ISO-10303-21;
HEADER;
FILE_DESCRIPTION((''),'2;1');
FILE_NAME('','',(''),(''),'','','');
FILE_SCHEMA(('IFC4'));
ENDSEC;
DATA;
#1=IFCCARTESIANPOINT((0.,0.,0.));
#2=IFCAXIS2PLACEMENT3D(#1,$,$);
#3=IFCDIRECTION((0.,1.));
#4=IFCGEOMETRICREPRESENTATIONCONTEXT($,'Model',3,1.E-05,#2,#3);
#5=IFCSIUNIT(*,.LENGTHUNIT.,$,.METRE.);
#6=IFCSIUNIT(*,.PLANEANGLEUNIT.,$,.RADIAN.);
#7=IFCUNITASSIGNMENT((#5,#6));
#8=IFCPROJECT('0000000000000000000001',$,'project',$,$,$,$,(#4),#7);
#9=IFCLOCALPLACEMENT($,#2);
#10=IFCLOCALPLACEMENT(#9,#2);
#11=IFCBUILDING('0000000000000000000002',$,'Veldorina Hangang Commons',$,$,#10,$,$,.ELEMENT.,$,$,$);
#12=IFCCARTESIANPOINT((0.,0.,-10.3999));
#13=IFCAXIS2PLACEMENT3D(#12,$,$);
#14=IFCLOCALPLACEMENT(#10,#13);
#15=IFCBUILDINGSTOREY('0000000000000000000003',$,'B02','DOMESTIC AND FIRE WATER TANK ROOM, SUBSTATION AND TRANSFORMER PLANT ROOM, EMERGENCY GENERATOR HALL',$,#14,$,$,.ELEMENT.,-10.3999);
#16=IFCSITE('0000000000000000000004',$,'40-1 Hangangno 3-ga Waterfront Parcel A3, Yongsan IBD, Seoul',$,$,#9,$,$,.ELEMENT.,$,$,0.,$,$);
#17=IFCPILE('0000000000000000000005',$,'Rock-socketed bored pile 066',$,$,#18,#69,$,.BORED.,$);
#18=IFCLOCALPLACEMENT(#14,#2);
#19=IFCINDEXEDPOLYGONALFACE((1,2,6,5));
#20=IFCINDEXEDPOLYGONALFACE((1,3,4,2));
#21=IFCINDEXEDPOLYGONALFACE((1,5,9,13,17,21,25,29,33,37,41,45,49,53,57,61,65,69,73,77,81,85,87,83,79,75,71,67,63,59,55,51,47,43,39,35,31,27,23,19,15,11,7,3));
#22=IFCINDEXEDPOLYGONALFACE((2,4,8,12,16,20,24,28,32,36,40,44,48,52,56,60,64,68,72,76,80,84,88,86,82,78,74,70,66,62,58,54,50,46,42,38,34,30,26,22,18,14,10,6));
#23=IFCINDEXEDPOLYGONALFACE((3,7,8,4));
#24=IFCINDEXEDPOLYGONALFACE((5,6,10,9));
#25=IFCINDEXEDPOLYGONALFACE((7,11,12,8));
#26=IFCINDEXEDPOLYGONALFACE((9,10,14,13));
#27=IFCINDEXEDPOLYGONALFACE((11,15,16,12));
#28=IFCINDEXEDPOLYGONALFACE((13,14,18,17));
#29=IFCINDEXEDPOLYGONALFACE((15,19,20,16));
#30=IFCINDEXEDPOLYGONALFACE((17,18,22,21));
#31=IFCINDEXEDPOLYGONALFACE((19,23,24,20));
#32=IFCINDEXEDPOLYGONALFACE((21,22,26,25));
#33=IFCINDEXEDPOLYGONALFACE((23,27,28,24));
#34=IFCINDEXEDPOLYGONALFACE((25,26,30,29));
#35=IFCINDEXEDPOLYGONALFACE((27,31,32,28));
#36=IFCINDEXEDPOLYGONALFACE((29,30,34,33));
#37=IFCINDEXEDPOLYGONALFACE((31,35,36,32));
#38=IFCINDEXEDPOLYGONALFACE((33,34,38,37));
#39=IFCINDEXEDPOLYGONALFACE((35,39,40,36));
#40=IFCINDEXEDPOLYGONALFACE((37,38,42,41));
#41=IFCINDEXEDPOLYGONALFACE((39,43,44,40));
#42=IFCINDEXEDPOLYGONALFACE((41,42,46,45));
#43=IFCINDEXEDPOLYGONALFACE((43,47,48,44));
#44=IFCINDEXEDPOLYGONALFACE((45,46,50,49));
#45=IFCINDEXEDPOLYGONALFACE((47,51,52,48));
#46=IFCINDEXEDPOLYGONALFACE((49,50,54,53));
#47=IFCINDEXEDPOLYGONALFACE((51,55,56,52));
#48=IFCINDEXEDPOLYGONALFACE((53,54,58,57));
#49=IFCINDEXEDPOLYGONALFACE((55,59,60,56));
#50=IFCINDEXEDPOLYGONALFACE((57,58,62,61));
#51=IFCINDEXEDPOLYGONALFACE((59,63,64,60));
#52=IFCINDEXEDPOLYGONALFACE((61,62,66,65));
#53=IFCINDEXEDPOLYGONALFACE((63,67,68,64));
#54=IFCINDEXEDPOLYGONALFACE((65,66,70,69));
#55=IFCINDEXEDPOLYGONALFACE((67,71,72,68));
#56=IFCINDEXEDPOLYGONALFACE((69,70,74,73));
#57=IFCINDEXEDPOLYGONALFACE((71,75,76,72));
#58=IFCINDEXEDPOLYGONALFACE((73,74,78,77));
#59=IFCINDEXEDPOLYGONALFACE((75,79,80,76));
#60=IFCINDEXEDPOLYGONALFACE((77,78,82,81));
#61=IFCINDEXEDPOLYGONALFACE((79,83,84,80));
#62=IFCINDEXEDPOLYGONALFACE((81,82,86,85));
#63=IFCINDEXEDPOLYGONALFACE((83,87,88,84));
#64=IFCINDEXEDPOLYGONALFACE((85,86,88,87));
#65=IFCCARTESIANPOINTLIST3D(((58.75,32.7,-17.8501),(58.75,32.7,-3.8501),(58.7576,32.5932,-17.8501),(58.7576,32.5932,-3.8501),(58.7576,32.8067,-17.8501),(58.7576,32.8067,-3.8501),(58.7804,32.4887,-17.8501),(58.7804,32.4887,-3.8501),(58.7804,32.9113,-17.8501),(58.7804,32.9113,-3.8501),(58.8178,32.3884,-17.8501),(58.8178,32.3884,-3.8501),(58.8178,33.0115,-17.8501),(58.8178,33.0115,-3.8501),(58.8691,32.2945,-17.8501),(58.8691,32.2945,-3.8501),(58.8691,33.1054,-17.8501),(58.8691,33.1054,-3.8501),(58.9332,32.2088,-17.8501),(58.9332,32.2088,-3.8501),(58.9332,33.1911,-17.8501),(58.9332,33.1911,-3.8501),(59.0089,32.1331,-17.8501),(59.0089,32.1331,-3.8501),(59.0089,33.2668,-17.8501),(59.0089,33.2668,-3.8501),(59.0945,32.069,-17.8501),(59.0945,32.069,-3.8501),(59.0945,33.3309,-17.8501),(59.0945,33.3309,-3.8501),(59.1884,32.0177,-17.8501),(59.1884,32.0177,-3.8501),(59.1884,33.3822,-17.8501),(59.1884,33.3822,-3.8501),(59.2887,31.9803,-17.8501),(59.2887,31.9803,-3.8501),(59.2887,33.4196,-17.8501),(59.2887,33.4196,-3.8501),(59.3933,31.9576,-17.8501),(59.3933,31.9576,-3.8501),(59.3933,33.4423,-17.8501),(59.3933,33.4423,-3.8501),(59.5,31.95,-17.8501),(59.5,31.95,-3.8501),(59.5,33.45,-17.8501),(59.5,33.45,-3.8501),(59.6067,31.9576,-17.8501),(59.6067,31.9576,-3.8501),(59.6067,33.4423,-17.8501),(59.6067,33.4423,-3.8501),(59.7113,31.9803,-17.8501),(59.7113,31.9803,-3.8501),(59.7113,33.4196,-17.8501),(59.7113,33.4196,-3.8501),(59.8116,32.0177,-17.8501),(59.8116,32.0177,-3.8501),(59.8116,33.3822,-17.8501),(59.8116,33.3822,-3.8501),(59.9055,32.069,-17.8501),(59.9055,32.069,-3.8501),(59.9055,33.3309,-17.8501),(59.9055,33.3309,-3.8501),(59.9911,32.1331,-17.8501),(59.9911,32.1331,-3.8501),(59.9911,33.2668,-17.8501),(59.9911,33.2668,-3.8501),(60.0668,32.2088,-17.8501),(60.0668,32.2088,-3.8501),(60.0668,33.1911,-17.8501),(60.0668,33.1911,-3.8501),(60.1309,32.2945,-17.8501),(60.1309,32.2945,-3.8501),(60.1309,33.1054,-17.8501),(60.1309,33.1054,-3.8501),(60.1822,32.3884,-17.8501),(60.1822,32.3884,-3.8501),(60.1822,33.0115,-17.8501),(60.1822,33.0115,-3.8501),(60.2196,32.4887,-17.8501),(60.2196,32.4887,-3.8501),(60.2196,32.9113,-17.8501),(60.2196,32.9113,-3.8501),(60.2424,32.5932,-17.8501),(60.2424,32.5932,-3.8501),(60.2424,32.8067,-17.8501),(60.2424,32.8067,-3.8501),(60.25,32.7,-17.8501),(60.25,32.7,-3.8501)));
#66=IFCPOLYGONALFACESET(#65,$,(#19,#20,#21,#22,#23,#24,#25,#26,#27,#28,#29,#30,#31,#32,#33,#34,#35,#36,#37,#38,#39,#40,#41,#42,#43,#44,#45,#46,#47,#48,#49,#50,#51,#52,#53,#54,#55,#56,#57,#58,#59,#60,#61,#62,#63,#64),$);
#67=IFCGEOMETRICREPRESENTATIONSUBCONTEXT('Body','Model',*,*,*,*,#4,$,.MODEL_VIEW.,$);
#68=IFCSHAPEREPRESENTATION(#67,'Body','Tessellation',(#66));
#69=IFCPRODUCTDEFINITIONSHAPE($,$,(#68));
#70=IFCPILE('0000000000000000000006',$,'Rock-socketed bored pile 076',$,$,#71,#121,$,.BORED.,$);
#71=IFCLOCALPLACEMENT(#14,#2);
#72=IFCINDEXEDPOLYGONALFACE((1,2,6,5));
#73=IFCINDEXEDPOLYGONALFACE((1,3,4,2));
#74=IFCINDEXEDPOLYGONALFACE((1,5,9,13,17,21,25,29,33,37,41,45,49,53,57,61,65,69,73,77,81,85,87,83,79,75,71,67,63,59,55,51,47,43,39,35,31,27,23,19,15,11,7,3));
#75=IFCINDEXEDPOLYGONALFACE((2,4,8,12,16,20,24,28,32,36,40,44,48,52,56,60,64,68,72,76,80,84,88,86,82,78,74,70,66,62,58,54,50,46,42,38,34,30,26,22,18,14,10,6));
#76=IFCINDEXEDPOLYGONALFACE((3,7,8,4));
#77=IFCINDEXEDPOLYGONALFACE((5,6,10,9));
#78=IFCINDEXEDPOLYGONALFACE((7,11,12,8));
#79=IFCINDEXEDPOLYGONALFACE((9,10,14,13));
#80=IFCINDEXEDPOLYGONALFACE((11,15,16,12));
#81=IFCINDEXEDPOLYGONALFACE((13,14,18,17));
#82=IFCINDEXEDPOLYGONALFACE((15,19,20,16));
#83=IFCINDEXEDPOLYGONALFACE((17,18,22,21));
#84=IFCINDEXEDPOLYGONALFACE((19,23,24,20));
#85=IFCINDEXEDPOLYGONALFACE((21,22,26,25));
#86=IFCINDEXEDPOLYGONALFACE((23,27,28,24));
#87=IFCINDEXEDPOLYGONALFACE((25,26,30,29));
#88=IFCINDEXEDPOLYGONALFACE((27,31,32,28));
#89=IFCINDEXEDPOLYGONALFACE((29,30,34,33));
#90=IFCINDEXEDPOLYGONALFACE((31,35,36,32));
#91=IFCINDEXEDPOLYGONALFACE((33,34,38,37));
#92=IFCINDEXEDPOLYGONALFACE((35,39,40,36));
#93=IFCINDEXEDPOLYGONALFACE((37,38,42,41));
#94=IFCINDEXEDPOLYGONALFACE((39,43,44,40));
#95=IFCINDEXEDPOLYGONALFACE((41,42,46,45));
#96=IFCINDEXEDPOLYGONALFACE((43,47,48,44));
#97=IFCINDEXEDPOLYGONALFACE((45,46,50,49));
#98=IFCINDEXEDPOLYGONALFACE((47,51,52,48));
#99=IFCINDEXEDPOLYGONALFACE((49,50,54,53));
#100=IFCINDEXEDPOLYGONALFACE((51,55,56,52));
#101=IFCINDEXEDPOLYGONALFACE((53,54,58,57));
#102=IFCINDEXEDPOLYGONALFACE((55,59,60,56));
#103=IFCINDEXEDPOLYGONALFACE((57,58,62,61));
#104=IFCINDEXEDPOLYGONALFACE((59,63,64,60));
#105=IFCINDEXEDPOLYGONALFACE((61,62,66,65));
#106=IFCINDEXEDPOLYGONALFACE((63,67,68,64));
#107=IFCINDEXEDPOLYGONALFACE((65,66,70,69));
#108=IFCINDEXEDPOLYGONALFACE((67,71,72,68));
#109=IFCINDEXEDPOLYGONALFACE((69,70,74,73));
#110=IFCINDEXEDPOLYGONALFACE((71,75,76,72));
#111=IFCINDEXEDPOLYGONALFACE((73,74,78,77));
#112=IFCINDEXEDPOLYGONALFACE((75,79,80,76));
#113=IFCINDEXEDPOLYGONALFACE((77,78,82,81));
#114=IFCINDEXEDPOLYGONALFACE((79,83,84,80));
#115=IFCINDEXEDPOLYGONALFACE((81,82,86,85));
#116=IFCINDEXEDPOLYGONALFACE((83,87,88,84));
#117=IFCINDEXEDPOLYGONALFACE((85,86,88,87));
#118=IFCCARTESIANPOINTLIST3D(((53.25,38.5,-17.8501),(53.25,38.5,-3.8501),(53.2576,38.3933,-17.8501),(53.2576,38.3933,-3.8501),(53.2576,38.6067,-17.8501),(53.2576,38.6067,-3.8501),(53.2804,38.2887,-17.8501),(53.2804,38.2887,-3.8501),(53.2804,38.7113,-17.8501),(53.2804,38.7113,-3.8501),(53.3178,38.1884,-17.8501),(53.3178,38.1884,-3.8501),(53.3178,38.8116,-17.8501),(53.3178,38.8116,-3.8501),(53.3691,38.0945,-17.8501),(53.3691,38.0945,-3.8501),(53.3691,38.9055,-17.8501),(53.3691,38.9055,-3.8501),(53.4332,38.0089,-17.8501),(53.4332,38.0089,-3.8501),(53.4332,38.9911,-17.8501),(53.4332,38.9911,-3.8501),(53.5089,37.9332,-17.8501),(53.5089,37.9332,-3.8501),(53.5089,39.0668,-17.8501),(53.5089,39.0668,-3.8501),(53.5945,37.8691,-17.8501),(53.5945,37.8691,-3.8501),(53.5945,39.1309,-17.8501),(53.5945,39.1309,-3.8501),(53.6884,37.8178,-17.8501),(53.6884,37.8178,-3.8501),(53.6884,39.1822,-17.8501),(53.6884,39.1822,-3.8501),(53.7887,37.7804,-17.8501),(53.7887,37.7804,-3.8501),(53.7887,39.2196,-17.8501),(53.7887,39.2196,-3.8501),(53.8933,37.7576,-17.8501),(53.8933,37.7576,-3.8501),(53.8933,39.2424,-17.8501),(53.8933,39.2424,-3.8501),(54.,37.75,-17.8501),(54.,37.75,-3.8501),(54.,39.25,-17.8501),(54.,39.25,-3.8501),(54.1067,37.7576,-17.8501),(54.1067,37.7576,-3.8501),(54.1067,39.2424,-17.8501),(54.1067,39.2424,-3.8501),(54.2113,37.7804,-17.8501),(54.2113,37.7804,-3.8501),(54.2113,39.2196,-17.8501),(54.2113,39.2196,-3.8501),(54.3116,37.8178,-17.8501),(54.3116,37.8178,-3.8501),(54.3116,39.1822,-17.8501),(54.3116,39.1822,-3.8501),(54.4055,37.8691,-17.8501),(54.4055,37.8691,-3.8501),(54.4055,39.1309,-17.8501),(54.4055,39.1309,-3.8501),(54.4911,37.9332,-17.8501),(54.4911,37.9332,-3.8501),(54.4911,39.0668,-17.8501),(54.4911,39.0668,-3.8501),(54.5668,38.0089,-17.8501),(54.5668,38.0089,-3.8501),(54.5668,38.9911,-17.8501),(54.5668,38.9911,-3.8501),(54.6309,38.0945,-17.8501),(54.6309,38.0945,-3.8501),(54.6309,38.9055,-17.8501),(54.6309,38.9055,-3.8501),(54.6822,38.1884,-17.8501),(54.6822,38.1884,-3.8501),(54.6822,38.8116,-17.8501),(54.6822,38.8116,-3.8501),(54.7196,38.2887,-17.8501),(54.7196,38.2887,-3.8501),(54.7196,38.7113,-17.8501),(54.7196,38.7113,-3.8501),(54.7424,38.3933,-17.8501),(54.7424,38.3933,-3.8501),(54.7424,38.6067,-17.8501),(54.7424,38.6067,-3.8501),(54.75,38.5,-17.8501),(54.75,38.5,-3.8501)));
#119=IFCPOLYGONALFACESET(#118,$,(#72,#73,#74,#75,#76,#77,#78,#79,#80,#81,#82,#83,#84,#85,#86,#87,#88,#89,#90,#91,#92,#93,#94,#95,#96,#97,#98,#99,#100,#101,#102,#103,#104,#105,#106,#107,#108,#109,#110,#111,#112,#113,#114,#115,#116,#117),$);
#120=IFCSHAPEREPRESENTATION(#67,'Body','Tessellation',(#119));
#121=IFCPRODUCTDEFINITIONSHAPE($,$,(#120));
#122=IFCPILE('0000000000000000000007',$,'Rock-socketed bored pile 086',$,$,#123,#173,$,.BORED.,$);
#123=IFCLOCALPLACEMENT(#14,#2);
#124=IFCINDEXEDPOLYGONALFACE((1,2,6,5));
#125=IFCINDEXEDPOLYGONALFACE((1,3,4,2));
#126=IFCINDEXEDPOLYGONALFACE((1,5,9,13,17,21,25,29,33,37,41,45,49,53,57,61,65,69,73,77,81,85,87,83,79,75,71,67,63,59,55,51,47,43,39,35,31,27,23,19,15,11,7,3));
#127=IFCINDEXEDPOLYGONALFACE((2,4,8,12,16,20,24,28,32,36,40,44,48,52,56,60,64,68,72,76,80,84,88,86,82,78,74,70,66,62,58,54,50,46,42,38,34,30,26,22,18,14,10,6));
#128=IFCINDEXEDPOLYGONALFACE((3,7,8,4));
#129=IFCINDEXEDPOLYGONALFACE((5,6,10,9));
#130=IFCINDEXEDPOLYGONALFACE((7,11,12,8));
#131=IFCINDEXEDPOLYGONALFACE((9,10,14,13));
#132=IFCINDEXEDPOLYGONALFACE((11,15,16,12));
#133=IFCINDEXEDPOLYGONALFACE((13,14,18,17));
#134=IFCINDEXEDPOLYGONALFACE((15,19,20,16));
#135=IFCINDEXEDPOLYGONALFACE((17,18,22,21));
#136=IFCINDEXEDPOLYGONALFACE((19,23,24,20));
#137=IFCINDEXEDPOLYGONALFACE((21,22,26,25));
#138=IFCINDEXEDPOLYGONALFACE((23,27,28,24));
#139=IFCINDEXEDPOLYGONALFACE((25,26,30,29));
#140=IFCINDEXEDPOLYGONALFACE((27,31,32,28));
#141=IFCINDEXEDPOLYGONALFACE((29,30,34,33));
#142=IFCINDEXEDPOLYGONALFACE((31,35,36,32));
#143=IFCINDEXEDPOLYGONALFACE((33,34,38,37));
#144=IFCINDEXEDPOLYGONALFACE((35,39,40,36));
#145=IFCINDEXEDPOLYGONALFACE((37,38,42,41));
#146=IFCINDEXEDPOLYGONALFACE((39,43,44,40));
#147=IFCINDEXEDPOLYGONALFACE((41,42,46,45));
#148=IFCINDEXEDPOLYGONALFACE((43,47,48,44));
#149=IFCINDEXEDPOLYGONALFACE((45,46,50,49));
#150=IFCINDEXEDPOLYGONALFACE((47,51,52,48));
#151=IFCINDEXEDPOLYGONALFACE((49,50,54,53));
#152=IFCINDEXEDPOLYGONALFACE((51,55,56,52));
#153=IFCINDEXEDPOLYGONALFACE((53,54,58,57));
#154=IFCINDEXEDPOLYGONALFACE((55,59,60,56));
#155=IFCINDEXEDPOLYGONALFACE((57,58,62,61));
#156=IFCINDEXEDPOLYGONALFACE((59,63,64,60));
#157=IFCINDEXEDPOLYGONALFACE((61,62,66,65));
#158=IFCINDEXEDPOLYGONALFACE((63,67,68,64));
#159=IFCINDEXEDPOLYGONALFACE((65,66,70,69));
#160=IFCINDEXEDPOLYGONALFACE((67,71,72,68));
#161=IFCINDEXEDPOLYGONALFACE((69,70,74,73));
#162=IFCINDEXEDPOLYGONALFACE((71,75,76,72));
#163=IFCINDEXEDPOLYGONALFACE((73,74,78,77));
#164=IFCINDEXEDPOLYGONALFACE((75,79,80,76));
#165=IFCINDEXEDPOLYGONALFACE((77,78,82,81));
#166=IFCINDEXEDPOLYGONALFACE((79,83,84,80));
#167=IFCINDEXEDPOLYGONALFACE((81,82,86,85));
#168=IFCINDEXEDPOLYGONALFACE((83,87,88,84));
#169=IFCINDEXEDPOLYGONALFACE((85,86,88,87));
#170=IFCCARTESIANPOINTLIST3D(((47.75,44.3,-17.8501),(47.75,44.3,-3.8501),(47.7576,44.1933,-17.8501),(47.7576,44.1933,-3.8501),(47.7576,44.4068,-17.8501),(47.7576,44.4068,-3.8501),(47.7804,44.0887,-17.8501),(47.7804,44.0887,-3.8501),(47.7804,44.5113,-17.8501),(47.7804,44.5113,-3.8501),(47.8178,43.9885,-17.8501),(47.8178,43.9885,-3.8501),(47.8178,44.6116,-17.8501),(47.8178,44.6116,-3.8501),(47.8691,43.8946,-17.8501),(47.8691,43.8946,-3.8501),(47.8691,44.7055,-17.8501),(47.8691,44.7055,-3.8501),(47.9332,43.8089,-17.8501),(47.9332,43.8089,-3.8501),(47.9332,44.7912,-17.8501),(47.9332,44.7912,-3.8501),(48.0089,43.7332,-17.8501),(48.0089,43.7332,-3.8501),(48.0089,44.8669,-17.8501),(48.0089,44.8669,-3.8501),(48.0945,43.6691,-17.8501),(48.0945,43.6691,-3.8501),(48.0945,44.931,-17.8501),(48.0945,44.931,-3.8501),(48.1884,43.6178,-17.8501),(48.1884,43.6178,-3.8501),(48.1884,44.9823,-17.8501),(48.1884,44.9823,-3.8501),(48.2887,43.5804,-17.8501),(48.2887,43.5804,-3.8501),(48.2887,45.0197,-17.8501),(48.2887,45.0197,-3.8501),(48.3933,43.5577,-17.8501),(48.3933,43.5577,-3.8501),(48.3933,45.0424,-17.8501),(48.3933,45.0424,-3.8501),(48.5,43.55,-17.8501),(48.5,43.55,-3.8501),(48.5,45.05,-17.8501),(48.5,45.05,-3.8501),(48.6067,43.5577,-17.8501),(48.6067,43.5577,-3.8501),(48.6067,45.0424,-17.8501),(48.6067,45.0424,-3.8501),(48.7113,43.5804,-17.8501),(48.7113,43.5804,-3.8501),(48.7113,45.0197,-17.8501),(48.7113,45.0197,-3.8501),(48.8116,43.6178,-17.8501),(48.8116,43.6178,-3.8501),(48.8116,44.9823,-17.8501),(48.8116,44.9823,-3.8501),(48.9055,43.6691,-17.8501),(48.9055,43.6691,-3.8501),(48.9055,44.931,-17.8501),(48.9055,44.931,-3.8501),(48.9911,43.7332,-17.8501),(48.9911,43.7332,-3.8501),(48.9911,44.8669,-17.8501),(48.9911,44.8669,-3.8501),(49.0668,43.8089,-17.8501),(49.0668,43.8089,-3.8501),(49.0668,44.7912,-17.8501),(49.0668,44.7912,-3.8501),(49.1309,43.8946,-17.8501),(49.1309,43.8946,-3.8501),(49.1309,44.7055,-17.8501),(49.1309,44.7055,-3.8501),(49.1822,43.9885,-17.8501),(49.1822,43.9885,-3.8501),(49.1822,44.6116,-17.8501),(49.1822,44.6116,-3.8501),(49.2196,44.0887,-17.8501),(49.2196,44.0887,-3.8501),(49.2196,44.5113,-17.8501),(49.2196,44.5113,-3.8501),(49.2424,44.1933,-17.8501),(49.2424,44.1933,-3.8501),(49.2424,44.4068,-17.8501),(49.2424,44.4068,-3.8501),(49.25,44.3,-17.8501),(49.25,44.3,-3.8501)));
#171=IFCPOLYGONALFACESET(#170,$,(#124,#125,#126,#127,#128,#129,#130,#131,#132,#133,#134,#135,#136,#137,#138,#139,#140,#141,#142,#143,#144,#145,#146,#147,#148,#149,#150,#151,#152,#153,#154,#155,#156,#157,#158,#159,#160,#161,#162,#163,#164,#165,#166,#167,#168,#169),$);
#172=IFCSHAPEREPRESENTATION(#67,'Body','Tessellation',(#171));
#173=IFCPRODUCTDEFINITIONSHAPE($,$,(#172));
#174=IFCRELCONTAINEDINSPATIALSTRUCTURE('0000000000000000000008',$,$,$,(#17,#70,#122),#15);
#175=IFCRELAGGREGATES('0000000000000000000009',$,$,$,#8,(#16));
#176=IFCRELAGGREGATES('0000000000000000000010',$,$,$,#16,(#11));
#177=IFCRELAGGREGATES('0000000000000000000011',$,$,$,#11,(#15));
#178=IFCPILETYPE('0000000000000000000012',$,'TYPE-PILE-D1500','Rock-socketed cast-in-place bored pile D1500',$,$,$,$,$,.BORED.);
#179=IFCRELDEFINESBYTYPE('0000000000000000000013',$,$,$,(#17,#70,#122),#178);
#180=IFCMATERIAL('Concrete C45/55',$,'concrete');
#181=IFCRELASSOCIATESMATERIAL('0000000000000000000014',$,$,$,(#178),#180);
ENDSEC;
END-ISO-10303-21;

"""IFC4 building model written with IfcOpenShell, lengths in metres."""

from ifc_helpers import new_model, si_unit, direction, frame, origin, origin_2d, place, context, subcontext, project, spatial, circle, extrude, material, material_profile, profile_set, type_object, element, save


model = new_model("IFC4")

# Units and contexts
model_context = context("Model", 3, precision=1e-05, world=origin(), true_north=direction((0.0, 1.0)))
body_context = subcontext(model_context, "Body", "Model", "MODEL_VIEW")
ifc_project = project(units=[si_unit("LENGTHUNIT", "METRE"), si_unit("PLANEANGLEUNIT", "RADIAN")], contexts=[model_context])

# Site, building, storey
site_placement = place(None, origin())
site = spatial("IfcSite", under=ifc_project, at=site_placement, Name="40-1 Hangangno 3-ga Waterfront Parcel A3, Yongsan IBD, Seoul", CompositionType="ELEMENT", RefElevation=0.0)
building_placement = place(site_placement, origin())
building = spatial("IfcBuilding", under=site, at=building_placement, Name="Veldorina Hangang Commons", CompositionType="ELEMENT")
storey_placement = place(building_placement, frame((0.0, 0.0, -10.3999)))
storey = spatial("IfcBuildingStorey", under=building, at=storey_placement, Name="B02", Description="DOMESTIC AND FIRE WATER TANK ROOM, SUBSTATION AND TRANSFORMER PLANT ROOM, EMERGENCY GENERATOR HALL", CompositionType="ELEMENT", Elevation=-10.3999)

# Piles
ifc_material_1 = material(Name="Concrete C45/55", Category="concrete")
ifc_material_profile_1 = material_profile(ifc_material_1, circle(Radius=0.75, at=origin_2d()), Name="PILE-D1500")
ifc_profile_set_1 = profile_set([ifc_material_profile_1], Name="Concrete C45/55")
pile_type_1 = type_object("IfcPileType", Name="TYPE-PILE-D1500", Description="Rock-socketed cast-in-place bored pile D1500", PredefinedType="BORED", material=ifc_profile_set_1)
for number, where, z_axis, x_axis, name in (
    (1, (59.5, 32.7, -3.8501), (0.0, 0.0, -1.0), (1.0, 0.0, 0.0), "Rock-socketed bored pile 066"),
    (2, (54.0, 38.5, -3.8501), (0.0, 0.0, -1.0), (1.0, 0.0, 0.0), "Rock-socketed bored pile 076"),
    (3, (48.5, 44.3, -3.8501), (0.0, 0.0, -1.0), (1.0, 0.0, 0.0), "Rock-socketed bored pile 086"),
):
    element("IfcPile", number, at=place(storey_placement, frame(where, z_axis=z_axis, x_axis=x_axis)), inside=storey, type_object=pile_type_1, Name=name, PredefinedType="BORED", context=body_context, shape_type="SweptSolid", body=[
        extrude(circle(Radius=0.75, at=origin_2d()), origin(), (0.0, 0.0, 1.0), 14.0),
    ])

save(model, "model.ifc")
